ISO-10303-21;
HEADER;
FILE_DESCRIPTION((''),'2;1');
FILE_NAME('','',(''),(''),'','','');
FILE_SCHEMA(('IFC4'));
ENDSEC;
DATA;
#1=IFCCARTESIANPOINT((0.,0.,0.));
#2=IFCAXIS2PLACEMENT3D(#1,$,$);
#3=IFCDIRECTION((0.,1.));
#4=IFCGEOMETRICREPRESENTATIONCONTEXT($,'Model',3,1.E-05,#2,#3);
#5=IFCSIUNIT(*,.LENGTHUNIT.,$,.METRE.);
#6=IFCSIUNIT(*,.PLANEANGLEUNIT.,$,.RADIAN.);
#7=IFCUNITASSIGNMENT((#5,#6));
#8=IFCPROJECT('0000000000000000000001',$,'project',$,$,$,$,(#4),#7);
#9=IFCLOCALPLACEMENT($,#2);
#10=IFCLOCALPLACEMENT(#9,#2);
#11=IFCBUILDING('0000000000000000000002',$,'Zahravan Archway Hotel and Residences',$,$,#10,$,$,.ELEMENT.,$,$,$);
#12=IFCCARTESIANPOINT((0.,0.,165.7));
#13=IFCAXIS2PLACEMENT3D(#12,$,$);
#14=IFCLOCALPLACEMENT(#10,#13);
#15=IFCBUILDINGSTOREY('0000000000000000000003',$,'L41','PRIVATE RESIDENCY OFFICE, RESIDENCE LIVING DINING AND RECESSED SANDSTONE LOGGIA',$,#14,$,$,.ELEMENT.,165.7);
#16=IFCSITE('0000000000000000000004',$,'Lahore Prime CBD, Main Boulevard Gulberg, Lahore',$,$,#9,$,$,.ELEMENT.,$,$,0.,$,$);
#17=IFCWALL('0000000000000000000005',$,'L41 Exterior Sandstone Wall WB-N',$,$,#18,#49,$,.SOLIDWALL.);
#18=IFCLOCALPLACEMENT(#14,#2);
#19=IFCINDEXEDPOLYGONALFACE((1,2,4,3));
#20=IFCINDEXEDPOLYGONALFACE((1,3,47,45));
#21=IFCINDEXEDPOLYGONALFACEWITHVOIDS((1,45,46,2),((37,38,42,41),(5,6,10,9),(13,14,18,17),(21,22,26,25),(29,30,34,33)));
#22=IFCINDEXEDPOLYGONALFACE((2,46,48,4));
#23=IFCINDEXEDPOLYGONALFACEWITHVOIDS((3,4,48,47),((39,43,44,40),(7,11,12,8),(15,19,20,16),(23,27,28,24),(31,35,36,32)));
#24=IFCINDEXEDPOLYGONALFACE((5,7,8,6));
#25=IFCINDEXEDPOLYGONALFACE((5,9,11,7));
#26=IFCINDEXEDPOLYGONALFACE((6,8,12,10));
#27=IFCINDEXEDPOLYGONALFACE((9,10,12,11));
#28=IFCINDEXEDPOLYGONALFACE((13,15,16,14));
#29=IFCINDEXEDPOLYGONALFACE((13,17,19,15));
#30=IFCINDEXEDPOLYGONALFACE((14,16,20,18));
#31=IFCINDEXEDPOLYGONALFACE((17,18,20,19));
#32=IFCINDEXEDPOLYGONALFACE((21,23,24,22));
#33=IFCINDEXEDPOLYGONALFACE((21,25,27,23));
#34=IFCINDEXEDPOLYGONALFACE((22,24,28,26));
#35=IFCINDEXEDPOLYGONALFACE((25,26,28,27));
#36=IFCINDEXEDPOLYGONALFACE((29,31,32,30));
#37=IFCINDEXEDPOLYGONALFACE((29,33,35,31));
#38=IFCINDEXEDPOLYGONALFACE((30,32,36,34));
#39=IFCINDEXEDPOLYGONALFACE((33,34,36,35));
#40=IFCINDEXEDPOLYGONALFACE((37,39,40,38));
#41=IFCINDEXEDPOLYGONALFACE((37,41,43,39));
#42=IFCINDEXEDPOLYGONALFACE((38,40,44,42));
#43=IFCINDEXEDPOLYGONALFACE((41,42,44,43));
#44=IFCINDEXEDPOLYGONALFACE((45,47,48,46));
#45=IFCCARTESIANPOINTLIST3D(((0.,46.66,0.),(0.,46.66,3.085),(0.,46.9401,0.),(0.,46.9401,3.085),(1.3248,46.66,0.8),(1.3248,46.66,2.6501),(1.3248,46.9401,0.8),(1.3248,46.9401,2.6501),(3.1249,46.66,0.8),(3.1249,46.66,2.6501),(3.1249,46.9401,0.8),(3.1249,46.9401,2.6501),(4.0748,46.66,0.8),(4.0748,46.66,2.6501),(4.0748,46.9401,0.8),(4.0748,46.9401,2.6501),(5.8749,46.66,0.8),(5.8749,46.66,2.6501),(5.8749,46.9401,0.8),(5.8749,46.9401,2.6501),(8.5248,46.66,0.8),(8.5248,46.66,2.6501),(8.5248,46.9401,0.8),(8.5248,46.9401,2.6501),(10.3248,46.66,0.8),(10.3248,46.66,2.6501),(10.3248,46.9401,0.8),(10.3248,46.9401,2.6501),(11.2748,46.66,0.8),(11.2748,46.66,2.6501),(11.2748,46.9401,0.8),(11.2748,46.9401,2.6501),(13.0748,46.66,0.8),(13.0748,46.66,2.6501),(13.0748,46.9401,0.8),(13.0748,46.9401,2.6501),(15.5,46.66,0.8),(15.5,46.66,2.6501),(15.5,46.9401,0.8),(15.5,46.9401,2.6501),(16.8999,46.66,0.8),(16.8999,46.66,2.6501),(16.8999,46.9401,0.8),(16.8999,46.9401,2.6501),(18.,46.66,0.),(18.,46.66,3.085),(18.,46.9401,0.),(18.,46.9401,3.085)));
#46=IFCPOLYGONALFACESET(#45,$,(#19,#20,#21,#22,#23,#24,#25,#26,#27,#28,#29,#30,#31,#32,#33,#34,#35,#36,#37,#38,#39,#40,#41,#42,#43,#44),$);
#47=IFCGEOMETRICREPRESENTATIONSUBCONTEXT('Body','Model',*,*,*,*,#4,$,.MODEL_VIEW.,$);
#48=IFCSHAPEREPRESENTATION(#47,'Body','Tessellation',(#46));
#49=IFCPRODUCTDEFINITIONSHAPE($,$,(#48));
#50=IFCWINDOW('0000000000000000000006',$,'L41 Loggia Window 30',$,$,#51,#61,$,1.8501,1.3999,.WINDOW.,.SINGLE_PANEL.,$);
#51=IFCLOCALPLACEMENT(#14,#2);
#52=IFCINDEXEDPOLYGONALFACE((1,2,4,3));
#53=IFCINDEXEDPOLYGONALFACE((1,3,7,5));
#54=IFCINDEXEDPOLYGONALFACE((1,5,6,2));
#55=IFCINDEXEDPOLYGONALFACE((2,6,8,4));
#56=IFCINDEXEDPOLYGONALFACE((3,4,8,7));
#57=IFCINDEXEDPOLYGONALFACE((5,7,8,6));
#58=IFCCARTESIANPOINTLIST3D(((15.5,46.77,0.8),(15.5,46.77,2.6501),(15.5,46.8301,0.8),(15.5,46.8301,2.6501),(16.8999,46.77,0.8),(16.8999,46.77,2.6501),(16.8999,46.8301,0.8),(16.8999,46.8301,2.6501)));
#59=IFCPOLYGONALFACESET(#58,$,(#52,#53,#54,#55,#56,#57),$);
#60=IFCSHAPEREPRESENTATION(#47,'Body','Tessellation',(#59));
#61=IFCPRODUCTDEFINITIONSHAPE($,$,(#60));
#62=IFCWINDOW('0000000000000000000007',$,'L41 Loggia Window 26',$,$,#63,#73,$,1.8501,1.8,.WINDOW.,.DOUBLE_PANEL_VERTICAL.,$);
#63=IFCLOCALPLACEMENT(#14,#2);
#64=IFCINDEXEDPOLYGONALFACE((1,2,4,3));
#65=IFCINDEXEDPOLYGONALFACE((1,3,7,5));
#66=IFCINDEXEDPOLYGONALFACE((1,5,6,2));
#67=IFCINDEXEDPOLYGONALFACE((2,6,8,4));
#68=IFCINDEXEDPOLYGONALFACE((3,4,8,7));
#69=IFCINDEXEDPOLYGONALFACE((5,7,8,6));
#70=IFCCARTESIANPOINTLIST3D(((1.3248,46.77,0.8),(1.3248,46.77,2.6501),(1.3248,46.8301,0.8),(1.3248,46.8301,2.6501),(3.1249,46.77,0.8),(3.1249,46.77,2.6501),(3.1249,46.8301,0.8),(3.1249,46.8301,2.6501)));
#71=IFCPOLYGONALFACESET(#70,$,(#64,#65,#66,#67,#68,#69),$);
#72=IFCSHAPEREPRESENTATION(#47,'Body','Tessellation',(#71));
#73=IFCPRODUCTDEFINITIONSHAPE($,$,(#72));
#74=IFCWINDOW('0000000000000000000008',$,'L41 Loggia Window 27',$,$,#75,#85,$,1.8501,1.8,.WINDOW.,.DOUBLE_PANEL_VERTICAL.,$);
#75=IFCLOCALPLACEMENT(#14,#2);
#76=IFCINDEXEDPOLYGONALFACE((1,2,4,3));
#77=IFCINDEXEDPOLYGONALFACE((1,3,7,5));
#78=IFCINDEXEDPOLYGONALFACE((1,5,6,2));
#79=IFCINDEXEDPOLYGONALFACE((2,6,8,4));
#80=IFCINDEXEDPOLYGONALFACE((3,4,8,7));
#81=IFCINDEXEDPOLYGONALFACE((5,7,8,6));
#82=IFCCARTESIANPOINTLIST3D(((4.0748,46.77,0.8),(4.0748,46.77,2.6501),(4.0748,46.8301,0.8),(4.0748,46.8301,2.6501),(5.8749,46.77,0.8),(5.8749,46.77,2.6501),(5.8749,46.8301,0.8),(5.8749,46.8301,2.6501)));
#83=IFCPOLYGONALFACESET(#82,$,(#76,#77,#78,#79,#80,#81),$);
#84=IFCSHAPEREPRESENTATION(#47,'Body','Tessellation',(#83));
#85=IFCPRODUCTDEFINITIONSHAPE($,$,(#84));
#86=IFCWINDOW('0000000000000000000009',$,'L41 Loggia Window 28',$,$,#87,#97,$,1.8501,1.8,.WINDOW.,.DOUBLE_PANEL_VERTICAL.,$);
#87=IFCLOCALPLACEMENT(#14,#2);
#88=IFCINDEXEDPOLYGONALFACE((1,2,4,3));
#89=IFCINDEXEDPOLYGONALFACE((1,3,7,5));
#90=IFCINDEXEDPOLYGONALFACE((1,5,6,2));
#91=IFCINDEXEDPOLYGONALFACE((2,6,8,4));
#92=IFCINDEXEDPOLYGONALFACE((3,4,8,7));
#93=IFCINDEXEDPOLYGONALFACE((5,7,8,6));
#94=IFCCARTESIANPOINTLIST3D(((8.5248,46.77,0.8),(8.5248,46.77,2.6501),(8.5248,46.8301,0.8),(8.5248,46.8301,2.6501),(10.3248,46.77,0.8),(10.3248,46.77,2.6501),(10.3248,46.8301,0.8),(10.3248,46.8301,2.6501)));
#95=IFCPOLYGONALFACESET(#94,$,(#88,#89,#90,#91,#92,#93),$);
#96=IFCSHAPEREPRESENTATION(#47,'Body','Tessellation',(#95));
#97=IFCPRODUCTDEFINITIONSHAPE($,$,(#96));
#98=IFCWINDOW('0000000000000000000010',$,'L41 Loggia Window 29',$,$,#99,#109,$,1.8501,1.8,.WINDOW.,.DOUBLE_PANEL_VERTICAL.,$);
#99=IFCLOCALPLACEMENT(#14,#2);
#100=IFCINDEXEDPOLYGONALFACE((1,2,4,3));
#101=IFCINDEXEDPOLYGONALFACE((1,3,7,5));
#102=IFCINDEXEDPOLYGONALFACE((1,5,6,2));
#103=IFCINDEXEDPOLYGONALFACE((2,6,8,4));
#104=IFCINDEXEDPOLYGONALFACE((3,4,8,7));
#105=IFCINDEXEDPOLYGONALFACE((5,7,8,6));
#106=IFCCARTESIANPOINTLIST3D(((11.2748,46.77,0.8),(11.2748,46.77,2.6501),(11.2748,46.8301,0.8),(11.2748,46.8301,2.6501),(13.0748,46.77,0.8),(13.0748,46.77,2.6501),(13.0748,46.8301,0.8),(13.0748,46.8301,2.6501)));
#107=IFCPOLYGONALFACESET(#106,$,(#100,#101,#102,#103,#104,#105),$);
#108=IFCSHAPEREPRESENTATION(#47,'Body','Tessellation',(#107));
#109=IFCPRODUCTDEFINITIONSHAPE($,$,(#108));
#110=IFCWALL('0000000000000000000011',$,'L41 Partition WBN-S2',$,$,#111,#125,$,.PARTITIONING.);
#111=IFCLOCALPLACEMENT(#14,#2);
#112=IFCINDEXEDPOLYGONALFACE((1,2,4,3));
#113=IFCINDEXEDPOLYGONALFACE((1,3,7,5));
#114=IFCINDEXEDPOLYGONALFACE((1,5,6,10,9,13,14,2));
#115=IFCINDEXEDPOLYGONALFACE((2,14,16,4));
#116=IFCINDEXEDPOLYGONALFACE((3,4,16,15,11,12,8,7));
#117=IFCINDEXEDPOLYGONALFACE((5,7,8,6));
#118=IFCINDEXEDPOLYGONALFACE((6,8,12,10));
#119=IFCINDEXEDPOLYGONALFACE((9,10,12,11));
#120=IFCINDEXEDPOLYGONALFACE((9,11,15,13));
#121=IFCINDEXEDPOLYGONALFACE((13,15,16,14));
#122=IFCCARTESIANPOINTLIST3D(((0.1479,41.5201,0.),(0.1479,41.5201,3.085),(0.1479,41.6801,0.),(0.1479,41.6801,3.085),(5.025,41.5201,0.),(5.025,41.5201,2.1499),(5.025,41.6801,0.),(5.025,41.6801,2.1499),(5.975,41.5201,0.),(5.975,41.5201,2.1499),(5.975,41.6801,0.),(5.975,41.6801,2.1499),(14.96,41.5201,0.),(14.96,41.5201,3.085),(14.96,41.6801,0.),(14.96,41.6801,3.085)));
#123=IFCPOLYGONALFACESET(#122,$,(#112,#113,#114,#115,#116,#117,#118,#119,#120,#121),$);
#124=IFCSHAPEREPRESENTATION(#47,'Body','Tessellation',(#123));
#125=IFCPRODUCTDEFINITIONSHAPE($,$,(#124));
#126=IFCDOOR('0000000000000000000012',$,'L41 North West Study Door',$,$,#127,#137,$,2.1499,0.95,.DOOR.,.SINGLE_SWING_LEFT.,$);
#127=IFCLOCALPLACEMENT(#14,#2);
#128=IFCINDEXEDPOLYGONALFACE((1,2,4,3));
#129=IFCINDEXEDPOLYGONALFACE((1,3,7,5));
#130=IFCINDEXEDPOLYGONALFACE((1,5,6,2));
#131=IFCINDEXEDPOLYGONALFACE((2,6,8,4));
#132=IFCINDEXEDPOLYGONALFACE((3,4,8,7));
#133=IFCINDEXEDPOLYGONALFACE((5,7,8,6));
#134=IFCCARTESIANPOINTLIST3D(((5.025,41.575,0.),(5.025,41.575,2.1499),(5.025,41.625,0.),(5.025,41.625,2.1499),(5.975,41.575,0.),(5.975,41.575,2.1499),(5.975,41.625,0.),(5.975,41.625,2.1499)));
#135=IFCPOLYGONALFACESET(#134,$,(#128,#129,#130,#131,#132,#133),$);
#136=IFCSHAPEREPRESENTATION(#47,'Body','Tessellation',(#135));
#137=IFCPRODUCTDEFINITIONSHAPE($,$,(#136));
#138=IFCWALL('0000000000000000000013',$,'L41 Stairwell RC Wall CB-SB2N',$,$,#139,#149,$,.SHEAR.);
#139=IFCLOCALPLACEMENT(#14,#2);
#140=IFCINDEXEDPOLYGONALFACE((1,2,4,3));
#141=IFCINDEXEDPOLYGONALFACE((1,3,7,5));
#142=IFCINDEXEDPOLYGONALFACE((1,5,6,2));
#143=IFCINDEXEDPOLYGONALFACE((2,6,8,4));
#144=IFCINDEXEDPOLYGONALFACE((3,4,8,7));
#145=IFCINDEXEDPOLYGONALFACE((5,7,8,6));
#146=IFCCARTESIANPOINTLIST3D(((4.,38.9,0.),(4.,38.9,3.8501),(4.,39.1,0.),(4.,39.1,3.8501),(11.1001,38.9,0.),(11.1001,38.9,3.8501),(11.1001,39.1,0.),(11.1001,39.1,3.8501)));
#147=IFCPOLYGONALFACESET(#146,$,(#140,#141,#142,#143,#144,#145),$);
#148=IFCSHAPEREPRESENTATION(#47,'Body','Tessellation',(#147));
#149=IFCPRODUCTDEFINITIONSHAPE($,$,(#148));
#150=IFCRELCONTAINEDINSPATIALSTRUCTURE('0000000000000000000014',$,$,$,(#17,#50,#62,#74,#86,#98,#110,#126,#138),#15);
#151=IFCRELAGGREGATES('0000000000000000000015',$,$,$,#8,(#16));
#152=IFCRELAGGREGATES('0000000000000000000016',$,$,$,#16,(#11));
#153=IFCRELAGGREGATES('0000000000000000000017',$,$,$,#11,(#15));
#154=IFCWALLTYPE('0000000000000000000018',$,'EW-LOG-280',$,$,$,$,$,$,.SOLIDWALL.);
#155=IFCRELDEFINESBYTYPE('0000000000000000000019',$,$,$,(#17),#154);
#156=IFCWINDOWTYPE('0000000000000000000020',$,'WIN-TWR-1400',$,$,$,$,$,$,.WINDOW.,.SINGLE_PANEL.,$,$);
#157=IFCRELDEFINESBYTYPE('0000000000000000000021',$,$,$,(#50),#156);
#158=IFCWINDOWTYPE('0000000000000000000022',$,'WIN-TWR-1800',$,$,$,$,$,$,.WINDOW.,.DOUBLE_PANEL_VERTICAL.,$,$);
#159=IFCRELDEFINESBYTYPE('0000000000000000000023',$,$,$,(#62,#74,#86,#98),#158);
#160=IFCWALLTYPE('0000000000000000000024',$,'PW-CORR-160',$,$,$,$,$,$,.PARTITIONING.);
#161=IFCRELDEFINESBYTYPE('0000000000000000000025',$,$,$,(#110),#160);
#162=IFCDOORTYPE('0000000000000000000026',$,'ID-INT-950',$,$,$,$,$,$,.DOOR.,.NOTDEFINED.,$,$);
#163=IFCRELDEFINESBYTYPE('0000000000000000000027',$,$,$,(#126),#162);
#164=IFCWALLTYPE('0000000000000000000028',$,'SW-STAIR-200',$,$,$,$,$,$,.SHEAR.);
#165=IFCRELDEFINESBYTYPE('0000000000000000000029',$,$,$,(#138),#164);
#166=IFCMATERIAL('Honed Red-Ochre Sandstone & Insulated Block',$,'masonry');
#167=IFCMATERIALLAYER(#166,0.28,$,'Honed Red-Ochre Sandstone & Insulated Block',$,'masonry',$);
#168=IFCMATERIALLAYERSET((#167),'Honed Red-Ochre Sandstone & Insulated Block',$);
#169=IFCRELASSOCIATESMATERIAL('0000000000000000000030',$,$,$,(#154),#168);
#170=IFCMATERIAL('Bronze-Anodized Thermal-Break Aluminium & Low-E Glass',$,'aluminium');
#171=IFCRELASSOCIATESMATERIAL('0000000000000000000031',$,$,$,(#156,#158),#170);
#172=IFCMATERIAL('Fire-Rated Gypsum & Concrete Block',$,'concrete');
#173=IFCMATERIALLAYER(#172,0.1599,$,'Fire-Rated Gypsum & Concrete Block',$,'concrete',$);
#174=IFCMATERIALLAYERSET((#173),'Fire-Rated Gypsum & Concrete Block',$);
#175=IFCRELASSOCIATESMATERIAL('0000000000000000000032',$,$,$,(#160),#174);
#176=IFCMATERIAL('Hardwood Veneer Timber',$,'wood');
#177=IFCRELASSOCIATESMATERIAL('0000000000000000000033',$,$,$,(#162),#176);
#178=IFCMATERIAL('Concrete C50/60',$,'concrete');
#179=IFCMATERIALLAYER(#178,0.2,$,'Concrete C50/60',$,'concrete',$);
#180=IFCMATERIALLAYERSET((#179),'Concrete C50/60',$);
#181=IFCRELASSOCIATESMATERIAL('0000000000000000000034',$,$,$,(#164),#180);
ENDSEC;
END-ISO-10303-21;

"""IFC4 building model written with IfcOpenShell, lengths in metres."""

from ifc_helpers import new_model, si_unit, direction, frame, frame_2d, origin, place, context, subcontext, project, spatial, rectangle, extrude, source, transform, mapped, material, layer, layer_set, type_object, type_shapes, element, fill, save


model = new_model("IFC4")

# Units and contexts
model_context = context("Model", 3, precision=1e-05, world=origin(), true_north=direction((0.0, 1.0)))
body_context = subcontext(model_context, "Body", "Model", "MODEL_VIEW")
ifc_project = project(units=[si_unit("LENGTHUNIT", "METRE"), si_unit("PLANEANGLEUNIT", "RADIAN")], contexts=[model_context])

# Site, building, storey
site_placement = place(None, origin())
site = spatial("IfcSite", under=ifc_project, at=site_placement, Name="Lahore Prime CBD, Main Boulevard Gulberg, Lahore", CompositionType="ELEMENT", RefElevation=0.0)
building_placement = place(site_placement, origin())
building = spatial("IfcBuilding", under=site, at=building_placement, Name="Zahravan Archway Hotel and Residences", CompositionType="ELEMENT")
storey_placement = place(building_placement, frame((0.0, 0.0, 165.7)))
storey = spatial("IfcBuildingStorey", under=building, at=storey_placement, Name="L41", Description="PRIVATE RESIDENCY OFFICE, RESIDENCE LIVING DINING AND RECESSED SANDSTONE LOGGIA", CompositionType="ELEMENT", Elevation=165.7)

# Wall, openings, windows
ifc_material_1 = material(Name="Honed Red-Ochre Sandstone & Insulated Block", Category="masonry")
ifc_layer_1 = layer(ifc_material_1, 0.28, Name="Honed Red-Ochre Sandstone & Insulated Block", Category="masonry")
ifc_layer_set_1 = layer_set([ifc_layer_1], Name="Honed Red-Ochre Sandstone & Insulated Block")
wall_type_1 = type_object("IfcWallType", Name="EW-LOG-280", PredefinedType="SOLIDWALL", material=ifc_layer_set_1)
wall_1_placement = place(storey_placement, frame((0.0, 46.8, 0.0), z_axis=(0.0, 0.0, 1.0), x_axis=(1.0, 0.0, 0.0)))
wall_1 = element("IfcWall", 1, at=wall_1_placement, inside=storey, type_object=wall_type_1, Name="L41 Exterior Sandstone Wall WB-N", PredefinedType="SOLIDWALL", context=body_context, shape_type="SweptSolid", body=[
    extrude(rectangle(XDim=18.0, YDim=0.28, at=frame_2d((9.0, 0.0))), origin(), (0.0, 0.0, 1.0), 3.085),
])
opening_1_placement = place(wall_1_placement, frame((1.325, 0.0, 0.8)))
opening_1 = element("IfcOpeningElement", 2, at=opening_1_placement, cuts=wall_1, PredefinedType="OPENING", context=body_context, shape_type="SweptSolid", body=[
    extrude(rectangle(XDim=1.8, YDim=1.8501, at=frame_2d((0.8999, 0.925))), frame((0.0, 0.1499, 0.0), z_axis=(0.0, -1.0, 0.0), x_axis=(1.0, 0.0, 0.0)), (0.0, 0.0, 1.0), 0.3),
])
opening_2_placement = place(wall_1_placement, frame((4.075, 0.0, 0.8)))
opening_2 = element("IfcOpeningElement", 3, at=opening_2_placement, cuts=wall_1, PredefinedType="OPENING", context=body_context, shape_type="SweptSolid", body=[
    extrude(rectangle(XDim=1.8, YDim=1.8501, at=frame_2d((0.8999, 0.925))), frame((0.0, 0.1499, 0.0), z_axis=(0.0, -1.0, 0.0), x_axis=(1.0, 0.0, 0.0)), (0.0, 0.0, 1.0), 0.3),
])
opening_3_placement = place(wall_1_placement, frame((8.5249, 0.0, 0.8)))
opening_3 = element("IfcOpeningElement", 4, at=opening_3_placement, cuts=wall_1, PredefinedType="OPENING", context=body_context, shape_type="SweptSolid", body=[
    extrude(rectangle(XDim=1.8, YDim=1.8501, at=frame_2d((0.8999, 0.925))), frame((0.0, 0.1499, 0.0), z_axis=(0.0, -1.0, 0.0), x_axis=(1.0, 0.0, 0.0)), (0.0, 0.0, 1.0), 0.3),
])
opening_4_placement = place(wall_1_placement, frame((11.2749, 0.0, 0.8)))
opening_4 = element("IfcOpeningElement", 5, at=opening_4_placement, cuts=wall_1, PredefinedType="OPENING", context=body_context, shape_type="SweptSolid", body=[
    extrude(rectangle(XDim=1.8, YDim=1.8501, at=frame_2d((0.8999, 0.925))), frame((0.0, 0.1499, 0.0), z_axis=(0.0, -1.0, 0.0), x_axis=(1.0, 0.0, 0.0)), (0.0, 0.0, 1.0), 0.3),
])
opening_5_placement = place(wall_1_placement, frame((15.5, 0.0, 0.8)))
opening_5 = element("IfcOpeningElement", 6, at=opening_5_placement, cuts=wall_1, PredefinedType="OPENING", context=body_context, shape_type="SweptSolid", body=[
    extrude(rectangle(XDim=1.3999, YDim=1.8501, at=frame_2d((0.7, 0.925))), frame((0.0, 0.1499, 0.0), z_axis=(0.0, -1.0, 0.0), x_axis=(1.0, 0.0, 0.0)), (0.0, 0.0, 1.0), 0.3),
])
ifc_material_2 = material(Name="Bronze-Anodized Thermal-Break Aluminium & Low-E Glass", Category="aluminium")
window_type_1 = type_object("IfcWindowType", Name="WIN-TWR-1400", PartitioningType="SINGLE_PANEL", PredefinedType="WINDOW", material=ifc_material_2)
shared_shape_1 = source(origin(), body_context, "Body", "SweptSolid", [
    extrude(rectangle(XDim=1.3999, YDim=1.8501, at=frame_2d((0.7, 0.925))), frame((0.0, 0.03, 0.0), z_axis=(0.0, -1.0, 0.0), x_axis=(1.0, 0.0, 0.0)), (0.0, 0.0, 1.0), 0.0601),
])
type_shapes(window_type_1, [shared_shape_1])
window_1_placement = place(opening_5_placement, origin())
window_1 = element("IfcWindow", 7, at=window_1_placement, inside=storey, type_object=window_type_1, Name="L41 Loggia Window 30", OverallHeight=1.8501, OverallWidth=1.3999, PartitioningType="SINGLE_PANEL", PredefinedType="WINDOW", context=body_context, shape_type="MappedRepresentation", body=[
    mapped(shared_shape_1, transform((0.0, 0.0, 0.0), scale=1.0)),
])
fill(opening_5, window_1)
window_type_2 = type_object("IfcWindowType", Name="WIN-TWR-1800", PartitioningType="DOUBLE_PANEL_VERTICAL", PredefinedType="WINDOW", material=ifc_material_2)
shared_shape_2 = source(origin(), body_context, "Body", "SweptSolid", [
    extrude(rectangle(XDim=1.8, YDim=1.8501, at=frame_2d((0.8999, 0.925))), frame((0.0, 0.03, 0.0), z_axis=(0.0, -1.0, 0.0), x_axis=(1.0, 0.0, 0.0)), (0.0, 0.0, 1.0), 0.0601),
])
type_shapes(window_type_2, [shared_shape_2])
window_2_placement = place(opening_1_placement, origin())
window_2 = element("IfcWindow", 8, at=window_2_placement, inside=storey, type_object=window_type_2, Name="L41 Loggia Window 26", OverallHeight=1.8501, OverallWidth=1.8, PartitioningType="DOUBLE_PANEL_VERTICAL", PredefinedType="WINDOW", context=body_context, shape_type="MappedRepresentation", body=[
    mapped(shared_shape_2, transform((0.0, 0.0, 0.0), scale=1.0)),
])
fill(opening_1, window_2)
window_3_placement = place(opening_2_placement, origin())
window_3 = element("IfcWindow", 9, at=window_3_placement, inside=storey, type_object=window_type_2, Name="L41 Loggia Window 27", OverallHeight=1.8501, OverallWidth=1.8, PartitioningType="DOUBLE_PANEL_VERTICAL", PredefinedType="WINDOW", context=body_context, shape_type="MappedRepresentation", body=[
    mapped(shared_shape_2, transform((0.0, 0.0, 0.0), scale=1.0)),
])
fill(opening_2, window_3)
window_4_placement = place(opening_3_placement, origin())
window_4 = element("IfcWindow", 10, at=window_4_placement, inside=storey, type_object=window_type_2, Name="L41 Loggia Window 28", OverallHeight=1.8501, OverallWidth=1.8, PartitioningType="DOUBLE_PANEL_VERTICAL", PredefinedType="WINDOW", context=body_context, shape_type="MappedRepresentation", body=[
    mapped(shared_shape_2, transform((0.0, 0.0, 0.0), scale=1.0)),
])
fill(opening_3, window_4)
window_5_placement = place(opening_4_placement, origin())
window_5 = element("IfcWindow", 11, at=window_5_placement, inside=storey, type_object=window_type_2, Name="L41 Loggia Window 29", OverallHeight=1.8501, OverallWidth=1.8, PartitioningType="DOUBLE_PANEL_VERTICAL", PredefinedType="WINDOW", context=body_context, shape_type="MappedRepresentation", body=[
    mapped(shared_shape_2, transform((0.0, 0.0, 0.0), scale=1.0)),
])
fill(opening_4, window_5)

# Wall, opening, door
ifc_material_3 = material(Name="Fire-Rated Gypsum & Concrete Block", Category="concrete")
ifc_layer_2 = layer(ifc_material_3, 0.1599, Name="Fire-Rated Gypsum & Concrete Block", Category="concrete")
ifc_layer_set_2 = layer_set([ifc_layer_2], Name="Fire-Rated Gypsum & Concrete Block")
wall_type_2 = type_object("IfcWallType", Name="PW-CORR-160", PredefinedType="PARTITIONING", material=ifc_layer_set_2)
wall_2_placement = place(storey_placement, frame((0.1479, 41.6001, 0.0), z_axis=(0.0, 0.0, 1.0), x_axis=(1.0, 0.0, 0.0)))
wall_2 = element("IfcWall", 12, at=wall_2_placement, inside=storey, type_object=wall_type_2, Name="L41 Partition WBN-S2", PredefinedType="PARTITIONING", context=body_context, shape_type="SweptSolid", body=[
    extrude(rectangle(XDim=14.812, YDim=0.1599, at=frame_2d((7.406, 0.0))), origin(), (0.0, 0.0, 1.0), 3.085),
])
opening_6_placement = place(wall_2_placement, frame((4.877, 0.0, 0.0)))
opening_6 = element("IfcOpeningElement", 13, at=opening_6_placement, cuts=wall_2, PredefinedType="OPENING", context=body_context, shape_type="SweptSolid", body=[
    extrude(rectangle(XDim=0.95, YDim=2.1499, at=frame_2d((0.4751, 1.075))), frame((0.0, 0.0898, 0.0), z_axis=(0.0, -1.0, 0.0), x_axis=(1.0, 0.0, 0.0)), (0.0, 0.0, 1.0), 0.1799),
])
ifc_material_4 = material(Name="Hardwood Veneer Timber", Category="wood")
door_type_1 = type_object("IfcDoorType", Name="ID-INT-950", OperationType="NOTDEFINED", PredefinedType="DOOR", material=ifc_material_4)
shared_shape_3 = source(origin(), body_context, "Body", "SweptSolid", [
    extrude(rectangle(XDim=0.95, YDim=2.1499, at=frame_2d((0.4751, 1.075))), frame((0.0, 0.0249, 0.0), z_axis=(0.0, -1.0, 0.0), x_axis=(1.0, 0.0, 0.0)), (0.0, 0.0, 1.0), 0.05),
])
type_shapes(door_type_1, [shared_shape_3])
door_1_placement = place(opening_6_placement, origin())
door_1 = element("IfcDoor", 14, at=door_1_placement, inside=storey, type_object=door_type_1, Name="L41 North West Study Door", OperationType="SINGLE_SWING_LEFT", OverallHeight=2.1499, OverallWidth=0.95, PredefinedType="DOOR", context=body_context, shape_type="MappedRepresentation", body=[
    mapped(shared_shape_3, transform((0.0, 0.0, 0.0), scale=1.0)),
])
fill(opening_6, door_1)

# Wall
ifc_material_5 = material(Name="Concrete C50/60", Category="concrete")
ifc_layer_3 = layer(ifc_material_5, 0.2, Name="Concrete C50/60", Category="concrete")
ifc_layer_set_3 = layer_set([ifc_layer_3], Name="Concrete C50/60")
wall_type_3 = type_object("IfcWallType", Name="SW-STAIR-200", PredefinedType="SHEAR", material=ifc_layer_set_3)
wall_3_placement = place(storey_placement, frame((4.0, 39.0, 0.0), z_axis=(0.0, 0.0, 1.0), x_axis=(1.0, 0.0, 0.0)))
element("IfcWall", 15, at=wall_3_placement, inside=storey, type_object=wall_type_3, Name="L41 Stairwell RC Wall CB-SB2N", PredefinedType="SHEAR", context=body_context, shape_type="SweptSolid", body=[
    extrude(rectangle(XDim=7.1001, YDim=0.2, at=frame_2d((3.55, 0.0))), origin(), (0.0, 0.0, 1.0), 3.8501),
])

save(model, "model.ifc")
